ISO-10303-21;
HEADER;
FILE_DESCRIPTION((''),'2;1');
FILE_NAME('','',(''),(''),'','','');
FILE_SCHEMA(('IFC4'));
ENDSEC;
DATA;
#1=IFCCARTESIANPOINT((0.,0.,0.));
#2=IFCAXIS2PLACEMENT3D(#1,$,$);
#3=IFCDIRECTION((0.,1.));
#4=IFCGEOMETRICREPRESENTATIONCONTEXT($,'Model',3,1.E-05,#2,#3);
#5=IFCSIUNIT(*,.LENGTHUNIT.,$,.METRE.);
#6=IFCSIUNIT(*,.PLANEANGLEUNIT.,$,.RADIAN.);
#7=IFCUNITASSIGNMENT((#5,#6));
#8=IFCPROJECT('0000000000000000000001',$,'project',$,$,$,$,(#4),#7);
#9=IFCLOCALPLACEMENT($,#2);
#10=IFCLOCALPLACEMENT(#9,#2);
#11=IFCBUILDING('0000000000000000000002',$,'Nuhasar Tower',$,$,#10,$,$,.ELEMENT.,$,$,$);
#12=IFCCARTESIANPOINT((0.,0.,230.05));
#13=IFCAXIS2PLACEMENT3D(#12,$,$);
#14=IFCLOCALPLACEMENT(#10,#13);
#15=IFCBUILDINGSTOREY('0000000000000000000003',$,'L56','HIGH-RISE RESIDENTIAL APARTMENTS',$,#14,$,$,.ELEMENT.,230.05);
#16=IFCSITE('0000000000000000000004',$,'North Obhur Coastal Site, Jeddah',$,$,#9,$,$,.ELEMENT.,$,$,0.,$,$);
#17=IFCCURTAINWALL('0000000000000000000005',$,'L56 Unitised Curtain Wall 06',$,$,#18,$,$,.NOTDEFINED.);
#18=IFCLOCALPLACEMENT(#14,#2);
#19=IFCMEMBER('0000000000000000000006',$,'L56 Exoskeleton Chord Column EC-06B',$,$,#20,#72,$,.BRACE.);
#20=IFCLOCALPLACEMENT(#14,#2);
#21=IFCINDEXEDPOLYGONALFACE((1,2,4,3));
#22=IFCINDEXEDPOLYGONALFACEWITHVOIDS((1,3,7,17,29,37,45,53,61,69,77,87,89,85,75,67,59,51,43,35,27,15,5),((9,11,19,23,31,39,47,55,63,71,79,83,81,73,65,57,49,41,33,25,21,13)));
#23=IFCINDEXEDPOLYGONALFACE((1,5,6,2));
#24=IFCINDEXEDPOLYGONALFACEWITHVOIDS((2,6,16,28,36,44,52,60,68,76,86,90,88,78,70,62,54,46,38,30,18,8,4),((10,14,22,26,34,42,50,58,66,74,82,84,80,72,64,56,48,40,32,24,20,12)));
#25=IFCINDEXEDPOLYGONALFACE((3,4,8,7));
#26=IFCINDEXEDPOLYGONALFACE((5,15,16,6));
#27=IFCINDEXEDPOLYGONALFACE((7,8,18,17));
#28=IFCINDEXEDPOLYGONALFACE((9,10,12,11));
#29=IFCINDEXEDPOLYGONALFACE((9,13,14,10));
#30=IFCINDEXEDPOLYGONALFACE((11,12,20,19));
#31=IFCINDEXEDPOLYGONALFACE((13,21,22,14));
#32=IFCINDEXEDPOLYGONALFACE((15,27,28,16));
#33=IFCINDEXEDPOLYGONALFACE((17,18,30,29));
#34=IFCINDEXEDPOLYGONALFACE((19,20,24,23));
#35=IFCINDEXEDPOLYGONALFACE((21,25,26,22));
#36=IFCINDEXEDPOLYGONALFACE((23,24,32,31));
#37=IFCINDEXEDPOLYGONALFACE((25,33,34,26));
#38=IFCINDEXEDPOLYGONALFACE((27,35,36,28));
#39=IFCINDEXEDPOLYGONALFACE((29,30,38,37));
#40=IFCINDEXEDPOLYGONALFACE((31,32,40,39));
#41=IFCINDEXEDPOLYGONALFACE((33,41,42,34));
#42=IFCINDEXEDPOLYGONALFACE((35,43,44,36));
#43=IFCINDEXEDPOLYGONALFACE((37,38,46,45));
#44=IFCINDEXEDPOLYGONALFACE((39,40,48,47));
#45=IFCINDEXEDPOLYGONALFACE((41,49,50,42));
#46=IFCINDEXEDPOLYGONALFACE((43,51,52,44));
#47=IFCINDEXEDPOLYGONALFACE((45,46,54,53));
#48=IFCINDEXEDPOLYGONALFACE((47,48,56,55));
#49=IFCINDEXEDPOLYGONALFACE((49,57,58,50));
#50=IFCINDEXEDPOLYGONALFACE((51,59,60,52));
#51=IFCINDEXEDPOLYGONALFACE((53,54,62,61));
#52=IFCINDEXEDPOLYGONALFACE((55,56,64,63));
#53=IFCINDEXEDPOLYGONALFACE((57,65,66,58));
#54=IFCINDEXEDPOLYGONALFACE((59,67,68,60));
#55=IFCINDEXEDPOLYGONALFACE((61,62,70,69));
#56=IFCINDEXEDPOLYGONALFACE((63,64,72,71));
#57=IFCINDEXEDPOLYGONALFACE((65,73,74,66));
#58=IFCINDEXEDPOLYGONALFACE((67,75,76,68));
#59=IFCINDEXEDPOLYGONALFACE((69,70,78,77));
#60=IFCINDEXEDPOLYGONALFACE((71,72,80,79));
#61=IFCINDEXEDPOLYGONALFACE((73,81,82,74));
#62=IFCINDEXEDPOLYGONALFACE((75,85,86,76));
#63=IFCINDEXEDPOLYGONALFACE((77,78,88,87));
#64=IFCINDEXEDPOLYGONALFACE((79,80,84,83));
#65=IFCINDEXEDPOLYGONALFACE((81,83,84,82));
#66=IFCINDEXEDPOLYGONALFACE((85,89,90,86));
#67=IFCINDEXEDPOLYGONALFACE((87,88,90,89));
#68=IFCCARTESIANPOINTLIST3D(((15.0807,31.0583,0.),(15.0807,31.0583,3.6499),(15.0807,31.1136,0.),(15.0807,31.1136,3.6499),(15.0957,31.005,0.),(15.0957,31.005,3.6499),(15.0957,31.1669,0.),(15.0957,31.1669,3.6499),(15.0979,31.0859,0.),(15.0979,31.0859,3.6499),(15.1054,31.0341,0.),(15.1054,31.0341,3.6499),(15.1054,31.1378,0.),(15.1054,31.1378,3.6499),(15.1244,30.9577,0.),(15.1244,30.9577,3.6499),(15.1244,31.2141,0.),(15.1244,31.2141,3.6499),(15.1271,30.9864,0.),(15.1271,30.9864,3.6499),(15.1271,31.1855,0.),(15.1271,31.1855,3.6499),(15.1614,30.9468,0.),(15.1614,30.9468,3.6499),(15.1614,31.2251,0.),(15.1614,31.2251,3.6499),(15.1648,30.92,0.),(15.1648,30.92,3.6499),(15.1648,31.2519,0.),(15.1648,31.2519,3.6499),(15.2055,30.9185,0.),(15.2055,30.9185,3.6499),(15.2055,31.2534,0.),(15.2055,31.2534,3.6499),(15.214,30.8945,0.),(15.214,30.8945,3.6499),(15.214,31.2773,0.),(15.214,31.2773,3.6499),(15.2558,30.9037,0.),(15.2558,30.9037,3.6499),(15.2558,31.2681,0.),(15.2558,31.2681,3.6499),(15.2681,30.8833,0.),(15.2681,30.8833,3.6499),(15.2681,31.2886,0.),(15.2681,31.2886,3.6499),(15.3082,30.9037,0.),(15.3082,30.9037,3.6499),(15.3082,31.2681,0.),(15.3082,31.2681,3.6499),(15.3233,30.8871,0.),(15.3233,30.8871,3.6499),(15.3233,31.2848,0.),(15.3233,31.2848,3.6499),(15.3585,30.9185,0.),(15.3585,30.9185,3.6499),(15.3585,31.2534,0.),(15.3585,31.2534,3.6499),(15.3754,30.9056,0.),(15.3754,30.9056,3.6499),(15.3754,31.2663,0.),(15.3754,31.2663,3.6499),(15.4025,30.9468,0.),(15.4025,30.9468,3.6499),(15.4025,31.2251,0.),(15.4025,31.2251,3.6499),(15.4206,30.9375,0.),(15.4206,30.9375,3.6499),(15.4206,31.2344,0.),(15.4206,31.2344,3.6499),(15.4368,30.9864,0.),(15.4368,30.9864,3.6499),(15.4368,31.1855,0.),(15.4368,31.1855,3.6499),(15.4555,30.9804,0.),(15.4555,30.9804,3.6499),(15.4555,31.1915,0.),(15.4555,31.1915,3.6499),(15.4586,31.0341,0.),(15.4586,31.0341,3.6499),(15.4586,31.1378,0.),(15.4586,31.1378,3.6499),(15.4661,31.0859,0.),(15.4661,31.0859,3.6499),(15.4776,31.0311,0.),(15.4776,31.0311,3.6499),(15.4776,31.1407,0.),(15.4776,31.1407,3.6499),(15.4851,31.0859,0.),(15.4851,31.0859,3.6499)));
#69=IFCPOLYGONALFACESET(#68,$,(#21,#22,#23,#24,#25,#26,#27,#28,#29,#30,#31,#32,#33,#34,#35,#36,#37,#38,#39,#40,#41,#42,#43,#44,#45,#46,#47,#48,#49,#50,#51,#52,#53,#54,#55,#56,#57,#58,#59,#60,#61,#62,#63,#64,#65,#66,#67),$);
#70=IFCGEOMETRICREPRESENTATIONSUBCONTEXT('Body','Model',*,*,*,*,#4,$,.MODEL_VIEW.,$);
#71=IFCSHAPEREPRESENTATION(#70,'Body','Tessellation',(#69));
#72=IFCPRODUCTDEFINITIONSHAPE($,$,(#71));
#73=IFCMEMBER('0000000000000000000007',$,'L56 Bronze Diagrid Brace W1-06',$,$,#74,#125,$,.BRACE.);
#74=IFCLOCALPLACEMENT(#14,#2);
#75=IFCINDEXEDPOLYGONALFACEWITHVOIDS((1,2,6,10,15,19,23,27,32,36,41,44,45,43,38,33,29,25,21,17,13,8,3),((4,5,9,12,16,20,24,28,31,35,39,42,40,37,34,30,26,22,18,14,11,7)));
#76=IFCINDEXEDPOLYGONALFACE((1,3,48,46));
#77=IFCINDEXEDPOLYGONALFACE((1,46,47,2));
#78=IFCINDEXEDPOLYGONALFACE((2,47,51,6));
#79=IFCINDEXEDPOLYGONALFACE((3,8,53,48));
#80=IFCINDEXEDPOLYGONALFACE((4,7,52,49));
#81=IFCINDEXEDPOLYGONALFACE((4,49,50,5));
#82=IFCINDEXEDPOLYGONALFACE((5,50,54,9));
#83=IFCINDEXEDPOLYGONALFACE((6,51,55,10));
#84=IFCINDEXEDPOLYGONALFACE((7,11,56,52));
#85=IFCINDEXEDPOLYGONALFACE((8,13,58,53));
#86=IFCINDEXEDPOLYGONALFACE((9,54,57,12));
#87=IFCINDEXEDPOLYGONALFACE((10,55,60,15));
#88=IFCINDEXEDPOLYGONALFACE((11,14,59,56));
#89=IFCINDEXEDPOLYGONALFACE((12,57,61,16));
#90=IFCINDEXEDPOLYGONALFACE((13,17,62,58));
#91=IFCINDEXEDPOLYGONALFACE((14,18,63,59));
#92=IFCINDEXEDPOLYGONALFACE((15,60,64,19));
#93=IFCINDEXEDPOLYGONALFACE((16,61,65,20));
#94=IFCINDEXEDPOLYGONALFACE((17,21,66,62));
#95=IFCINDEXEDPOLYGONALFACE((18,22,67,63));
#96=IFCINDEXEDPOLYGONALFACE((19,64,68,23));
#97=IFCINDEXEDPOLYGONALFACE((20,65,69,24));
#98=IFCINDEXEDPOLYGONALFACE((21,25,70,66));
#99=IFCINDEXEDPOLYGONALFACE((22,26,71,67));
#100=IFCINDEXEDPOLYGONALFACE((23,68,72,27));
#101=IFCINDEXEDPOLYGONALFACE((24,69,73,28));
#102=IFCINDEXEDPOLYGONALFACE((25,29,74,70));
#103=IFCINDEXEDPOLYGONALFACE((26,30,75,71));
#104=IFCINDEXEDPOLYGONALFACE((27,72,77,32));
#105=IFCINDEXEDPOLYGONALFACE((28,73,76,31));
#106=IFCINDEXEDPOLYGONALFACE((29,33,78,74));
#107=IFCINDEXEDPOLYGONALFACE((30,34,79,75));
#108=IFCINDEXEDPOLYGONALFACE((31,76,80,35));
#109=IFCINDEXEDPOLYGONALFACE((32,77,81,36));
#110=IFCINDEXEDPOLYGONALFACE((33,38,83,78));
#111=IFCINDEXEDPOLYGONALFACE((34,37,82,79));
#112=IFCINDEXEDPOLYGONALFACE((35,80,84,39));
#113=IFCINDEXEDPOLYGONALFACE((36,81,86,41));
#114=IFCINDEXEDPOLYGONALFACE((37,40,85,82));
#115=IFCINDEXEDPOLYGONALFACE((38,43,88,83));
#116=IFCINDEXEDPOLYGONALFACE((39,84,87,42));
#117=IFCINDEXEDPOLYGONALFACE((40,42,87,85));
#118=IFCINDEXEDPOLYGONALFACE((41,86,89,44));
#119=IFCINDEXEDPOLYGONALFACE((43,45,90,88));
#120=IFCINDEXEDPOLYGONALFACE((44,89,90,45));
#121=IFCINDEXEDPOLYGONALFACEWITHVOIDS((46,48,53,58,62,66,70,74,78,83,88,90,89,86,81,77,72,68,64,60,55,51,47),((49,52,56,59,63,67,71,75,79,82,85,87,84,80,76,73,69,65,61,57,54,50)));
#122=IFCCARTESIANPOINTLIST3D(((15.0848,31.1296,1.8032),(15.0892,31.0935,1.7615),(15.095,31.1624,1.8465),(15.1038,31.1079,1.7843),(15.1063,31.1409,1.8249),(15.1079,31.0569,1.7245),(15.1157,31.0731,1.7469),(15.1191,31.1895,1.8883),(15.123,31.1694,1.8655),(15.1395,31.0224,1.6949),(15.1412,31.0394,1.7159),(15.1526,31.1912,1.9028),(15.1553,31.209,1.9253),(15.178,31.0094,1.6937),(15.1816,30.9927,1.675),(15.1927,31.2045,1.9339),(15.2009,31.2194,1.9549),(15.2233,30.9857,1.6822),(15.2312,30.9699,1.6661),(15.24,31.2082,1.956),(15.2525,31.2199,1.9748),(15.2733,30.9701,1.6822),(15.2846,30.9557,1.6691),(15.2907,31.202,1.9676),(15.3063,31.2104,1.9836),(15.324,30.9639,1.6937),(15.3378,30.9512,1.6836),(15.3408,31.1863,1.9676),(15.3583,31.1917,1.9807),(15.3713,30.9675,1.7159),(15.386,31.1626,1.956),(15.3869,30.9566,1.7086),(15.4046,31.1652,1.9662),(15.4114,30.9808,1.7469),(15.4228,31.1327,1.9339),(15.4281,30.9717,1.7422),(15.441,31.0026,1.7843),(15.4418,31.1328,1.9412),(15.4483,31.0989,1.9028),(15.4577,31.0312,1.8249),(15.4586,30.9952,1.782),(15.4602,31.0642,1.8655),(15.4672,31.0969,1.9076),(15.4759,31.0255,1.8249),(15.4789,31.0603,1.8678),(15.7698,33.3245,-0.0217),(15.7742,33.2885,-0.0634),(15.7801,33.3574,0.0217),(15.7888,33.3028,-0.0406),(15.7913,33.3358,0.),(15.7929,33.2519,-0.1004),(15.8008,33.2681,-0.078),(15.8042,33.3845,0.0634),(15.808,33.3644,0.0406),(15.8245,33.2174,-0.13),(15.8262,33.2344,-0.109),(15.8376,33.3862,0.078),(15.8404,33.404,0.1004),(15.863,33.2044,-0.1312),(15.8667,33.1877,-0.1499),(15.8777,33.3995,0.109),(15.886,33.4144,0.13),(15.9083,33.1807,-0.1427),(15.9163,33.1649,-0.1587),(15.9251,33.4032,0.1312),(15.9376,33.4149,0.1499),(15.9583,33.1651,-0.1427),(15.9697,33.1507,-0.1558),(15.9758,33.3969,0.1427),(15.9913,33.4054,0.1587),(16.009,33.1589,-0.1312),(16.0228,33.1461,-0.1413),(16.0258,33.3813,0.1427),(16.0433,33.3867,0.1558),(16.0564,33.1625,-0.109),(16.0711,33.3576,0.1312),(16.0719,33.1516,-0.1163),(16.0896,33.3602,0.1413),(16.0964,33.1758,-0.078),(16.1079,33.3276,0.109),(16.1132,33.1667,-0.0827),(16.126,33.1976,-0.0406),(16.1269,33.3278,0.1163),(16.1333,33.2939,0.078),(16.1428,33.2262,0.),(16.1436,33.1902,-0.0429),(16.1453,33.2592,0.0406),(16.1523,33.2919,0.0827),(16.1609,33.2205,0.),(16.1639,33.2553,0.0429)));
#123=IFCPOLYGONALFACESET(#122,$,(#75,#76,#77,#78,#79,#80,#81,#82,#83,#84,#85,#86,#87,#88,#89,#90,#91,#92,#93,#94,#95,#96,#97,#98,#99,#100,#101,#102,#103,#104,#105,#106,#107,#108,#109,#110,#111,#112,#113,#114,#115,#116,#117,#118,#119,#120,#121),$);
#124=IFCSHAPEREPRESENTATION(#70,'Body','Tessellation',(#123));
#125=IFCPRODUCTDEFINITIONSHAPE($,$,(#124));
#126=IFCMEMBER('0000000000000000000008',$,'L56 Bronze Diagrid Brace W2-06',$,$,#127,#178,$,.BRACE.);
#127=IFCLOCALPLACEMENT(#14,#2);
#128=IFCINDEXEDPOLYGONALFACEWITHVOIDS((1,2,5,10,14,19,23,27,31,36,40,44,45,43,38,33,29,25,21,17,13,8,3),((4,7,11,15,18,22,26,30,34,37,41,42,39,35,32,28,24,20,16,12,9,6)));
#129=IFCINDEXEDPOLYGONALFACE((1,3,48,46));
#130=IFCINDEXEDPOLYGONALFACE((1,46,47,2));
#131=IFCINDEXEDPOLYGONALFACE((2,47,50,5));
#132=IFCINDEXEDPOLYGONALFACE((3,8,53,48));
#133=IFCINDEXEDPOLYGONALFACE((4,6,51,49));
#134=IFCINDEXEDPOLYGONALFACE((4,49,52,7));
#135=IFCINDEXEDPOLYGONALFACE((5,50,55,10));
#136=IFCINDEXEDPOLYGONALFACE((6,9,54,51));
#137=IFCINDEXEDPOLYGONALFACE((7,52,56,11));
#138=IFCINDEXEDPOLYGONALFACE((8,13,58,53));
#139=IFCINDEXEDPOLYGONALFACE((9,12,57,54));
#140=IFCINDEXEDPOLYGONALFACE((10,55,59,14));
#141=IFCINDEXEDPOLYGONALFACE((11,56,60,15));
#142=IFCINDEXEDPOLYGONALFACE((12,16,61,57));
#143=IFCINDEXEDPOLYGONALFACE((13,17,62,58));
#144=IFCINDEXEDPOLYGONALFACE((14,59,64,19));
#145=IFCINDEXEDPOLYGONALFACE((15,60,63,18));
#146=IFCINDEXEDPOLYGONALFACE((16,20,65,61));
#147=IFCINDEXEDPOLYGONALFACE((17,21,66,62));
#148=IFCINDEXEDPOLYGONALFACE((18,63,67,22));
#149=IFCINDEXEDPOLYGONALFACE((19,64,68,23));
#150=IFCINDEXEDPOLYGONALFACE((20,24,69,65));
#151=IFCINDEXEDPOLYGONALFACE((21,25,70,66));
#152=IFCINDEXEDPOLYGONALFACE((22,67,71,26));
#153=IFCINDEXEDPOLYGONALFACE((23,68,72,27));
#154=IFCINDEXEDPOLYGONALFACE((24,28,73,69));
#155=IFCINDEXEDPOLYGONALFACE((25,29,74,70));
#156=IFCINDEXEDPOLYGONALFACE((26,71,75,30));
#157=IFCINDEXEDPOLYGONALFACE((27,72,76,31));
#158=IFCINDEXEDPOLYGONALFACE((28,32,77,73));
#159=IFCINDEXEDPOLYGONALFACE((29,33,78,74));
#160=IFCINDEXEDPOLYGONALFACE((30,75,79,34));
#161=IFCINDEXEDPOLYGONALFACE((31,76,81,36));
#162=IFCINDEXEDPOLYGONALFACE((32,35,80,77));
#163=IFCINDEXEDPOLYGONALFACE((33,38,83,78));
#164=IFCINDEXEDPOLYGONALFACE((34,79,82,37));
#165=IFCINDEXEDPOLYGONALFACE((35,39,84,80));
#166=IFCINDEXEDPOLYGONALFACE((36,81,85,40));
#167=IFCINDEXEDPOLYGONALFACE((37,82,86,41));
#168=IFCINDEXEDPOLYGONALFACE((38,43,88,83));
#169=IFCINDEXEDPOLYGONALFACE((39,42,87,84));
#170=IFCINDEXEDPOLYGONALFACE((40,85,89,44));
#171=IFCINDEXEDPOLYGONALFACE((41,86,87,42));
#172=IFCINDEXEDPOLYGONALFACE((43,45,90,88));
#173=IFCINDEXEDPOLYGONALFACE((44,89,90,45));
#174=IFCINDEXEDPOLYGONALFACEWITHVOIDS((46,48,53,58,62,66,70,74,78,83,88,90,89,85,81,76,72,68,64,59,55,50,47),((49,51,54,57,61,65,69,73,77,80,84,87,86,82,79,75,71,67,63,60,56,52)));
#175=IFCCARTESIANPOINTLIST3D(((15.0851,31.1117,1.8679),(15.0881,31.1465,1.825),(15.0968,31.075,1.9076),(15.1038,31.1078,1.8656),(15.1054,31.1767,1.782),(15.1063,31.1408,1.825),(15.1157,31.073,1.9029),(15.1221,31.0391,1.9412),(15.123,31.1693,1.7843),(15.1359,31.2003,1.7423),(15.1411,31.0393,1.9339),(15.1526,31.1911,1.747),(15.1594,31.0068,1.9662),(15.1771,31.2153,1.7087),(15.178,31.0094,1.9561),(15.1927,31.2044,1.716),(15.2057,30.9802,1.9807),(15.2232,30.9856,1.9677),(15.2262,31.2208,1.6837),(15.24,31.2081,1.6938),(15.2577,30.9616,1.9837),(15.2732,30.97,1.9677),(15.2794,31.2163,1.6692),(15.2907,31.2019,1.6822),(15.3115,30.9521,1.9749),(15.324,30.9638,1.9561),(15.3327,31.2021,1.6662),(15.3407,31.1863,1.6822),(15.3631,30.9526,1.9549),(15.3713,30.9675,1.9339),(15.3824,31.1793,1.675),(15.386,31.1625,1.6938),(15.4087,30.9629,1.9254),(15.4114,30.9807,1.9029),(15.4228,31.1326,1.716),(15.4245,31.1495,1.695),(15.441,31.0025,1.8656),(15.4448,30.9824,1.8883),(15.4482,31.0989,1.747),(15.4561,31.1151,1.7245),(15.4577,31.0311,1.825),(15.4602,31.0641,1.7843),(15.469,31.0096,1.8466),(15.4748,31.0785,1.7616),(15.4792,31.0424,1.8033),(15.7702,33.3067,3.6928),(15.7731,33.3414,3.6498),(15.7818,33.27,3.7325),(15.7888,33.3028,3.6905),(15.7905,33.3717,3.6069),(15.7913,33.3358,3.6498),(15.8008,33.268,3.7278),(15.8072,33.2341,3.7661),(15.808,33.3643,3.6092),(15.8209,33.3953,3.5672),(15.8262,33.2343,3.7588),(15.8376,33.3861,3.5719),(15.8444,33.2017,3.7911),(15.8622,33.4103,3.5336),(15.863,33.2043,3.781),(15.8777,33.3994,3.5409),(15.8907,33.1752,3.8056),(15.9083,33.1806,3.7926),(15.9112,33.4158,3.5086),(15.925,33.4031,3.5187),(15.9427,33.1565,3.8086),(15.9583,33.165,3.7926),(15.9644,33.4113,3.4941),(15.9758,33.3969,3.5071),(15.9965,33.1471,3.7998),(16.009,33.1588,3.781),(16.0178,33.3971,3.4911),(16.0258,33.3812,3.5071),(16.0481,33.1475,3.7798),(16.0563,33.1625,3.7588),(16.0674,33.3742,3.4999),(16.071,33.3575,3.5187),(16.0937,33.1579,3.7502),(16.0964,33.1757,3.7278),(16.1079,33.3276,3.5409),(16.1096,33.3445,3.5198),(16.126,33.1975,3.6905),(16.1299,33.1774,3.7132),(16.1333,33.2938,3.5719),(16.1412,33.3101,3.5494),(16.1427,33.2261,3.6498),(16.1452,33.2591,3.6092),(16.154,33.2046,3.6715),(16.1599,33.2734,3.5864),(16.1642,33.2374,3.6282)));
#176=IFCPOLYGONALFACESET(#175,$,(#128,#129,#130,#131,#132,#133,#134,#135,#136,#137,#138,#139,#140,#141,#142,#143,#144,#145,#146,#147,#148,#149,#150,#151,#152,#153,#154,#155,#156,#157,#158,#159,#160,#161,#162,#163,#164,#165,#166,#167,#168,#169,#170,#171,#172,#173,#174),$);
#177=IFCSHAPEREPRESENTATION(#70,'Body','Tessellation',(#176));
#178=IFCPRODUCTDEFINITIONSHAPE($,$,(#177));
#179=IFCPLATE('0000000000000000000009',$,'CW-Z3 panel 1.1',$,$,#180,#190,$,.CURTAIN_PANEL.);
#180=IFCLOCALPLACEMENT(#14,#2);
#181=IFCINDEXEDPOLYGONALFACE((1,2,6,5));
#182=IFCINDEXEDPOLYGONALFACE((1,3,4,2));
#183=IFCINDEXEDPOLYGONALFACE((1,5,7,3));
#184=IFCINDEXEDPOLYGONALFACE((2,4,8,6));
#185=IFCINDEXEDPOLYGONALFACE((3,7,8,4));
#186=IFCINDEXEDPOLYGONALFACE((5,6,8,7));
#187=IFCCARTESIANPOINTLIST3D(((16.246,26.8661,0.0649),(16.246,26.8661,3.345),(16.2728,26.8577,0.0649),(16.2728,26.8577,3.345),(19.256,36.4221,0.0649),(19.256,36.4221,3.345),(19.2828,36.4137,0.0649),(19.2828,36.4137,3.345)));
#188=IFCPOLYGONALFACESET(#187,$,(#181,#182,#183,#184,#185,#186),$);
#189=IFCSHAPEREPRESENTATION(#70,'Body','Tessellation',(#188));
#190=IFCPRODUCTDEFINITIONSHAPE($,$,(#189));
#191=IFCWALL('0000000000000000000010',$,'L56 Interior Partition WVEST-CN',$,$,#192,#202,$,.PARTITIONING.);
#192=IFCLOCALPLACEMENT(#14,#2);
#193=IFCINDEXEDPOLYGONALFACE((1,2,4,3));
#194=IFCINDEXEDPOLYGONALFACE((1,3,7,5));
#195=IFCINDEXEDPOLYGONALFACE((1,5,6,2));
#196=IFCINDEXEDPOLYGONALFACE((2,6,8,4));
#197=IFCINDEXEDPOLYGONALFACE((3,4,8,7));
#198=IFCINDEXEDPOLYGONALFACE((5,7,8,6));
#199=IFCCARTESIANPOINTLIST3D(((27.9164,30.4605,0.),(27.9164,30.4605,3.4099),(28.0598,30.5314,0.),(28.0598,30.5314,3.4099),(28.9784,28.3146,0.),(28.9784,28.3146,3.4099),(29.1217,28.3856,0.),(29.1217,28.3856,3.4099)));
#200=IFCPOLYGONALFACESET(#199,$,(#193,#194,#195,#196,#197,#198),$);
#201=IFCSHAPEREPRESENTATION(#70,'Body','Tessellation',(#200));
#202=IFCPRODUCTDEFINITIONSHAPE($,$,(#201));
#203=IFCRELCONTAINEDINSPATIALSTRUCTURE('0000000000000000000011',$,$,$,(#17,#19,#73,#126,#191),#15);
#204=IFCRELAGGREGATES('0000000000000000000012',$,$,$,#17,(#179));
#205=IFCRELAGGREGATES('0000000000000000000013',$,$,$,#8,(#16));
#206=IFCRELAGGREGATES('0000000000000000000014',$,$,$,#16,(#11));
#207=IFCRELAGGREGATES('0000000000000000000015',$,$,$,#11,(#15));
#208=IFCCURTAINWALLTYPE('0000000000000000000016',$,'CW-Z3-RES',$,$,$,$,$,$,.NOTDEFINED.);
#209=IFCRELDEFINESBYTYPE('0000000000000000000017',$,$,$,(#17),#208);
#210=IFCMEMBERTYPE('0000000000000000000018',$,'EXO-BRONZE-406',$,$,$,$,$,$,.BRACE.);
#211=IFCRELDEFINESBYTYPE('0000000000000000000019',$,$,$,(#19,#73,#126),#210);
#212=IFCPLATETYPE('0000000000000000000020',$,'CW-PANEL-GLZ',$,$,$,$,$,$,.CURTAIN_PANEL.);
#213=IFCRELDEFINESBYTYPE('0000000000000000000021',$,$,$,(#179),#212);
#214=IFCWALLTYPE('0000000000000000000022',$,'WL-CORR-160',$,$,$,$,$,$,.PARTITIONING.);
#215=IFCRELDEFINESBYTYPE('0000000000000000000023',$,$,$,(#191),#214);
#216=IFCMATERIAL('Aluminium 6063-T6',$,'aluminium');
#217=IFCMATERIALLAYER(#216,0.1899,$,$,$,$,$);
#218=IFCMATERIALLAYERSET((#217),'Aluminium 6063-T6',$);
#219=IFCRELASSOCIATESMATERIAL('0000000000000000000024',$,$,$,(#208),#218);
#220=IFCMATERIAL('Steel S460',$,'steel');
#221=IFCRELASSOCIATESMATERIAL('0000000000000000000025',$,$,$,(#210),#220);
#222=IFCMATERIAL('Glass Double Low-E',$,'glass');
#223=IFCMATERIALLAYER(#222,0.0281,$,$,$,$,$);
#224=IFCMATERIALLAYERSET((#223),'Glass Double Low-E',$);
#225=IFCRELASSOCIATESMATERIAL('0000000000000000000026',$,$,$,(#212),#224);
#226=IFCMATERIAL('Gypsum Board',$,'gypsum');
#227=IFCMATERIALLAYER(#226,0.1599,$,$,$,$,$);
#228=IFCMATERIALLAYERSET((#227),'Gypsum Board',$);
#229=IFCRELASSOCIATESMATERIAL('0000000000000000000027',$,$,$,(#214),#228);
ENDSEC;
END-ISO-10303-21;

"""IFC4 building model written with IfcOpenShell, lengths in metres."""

from ifc_helpers import new_model, si_unit, direction, frame, frame_2d, origin, origin_2d, place, context, subcontext, project, spatial, rectangle, hollow_circle, extrude, material, layer, layer_set, material_profile, profile_set, type_object, element, aggregate, save


model = new_model("IFC4")

# Units and contexts
model_context = context("Model", 3, precision=1e-05, world=origin(), true_north=direction((0.0, 1.0)))
body_context = subcontext(model_context, "Body", "Model", "MODEL_VIEW")
ifc_project = project(units=[si_unit("LENGTHUNIT", "METRE"), si_unit("PLANEANGLEUNIT", "RADIAN")], contexts=[model_context])

# Site, building, storey
site_placement = place(None, origin())
site = spatial("IfcSite", under=ifc_project, at=site_placement, Name="North Obhur Coastal Site, Jeddah", CompositionType="ELEMENT", RefElevation=0.0)
building_placement = place(site_placement, origin())
building = spatial("IfcBuilding", under=site, at=building_placement, Name="Nuhasar Tower", CompositionType="ELEMENT")
storey_placement = place(building_placement, frame((0.0, 0.0, 230.05)))
storey = spatial("IfcBuildingStorey", under=building, at=storey_placement, Name="L56", Description="HIGH-RISE RESIDENTIAL APARTMENTS", CompositionType="ELEMENT", Elevation=230.05)

# Curtain wall
ifc_material_1 = material(Name="Aluminium 6063-T6", Category="aluminium")
ifc_layer_1 = layer(ifc_material_1, 0.1899)
ifc_layer_set_1 = layer_set([ifc_layer_1], Name="Aluminium 6063-T6")
curtain_wall_type = type_object("IfcCurtainWallType", Name="CW-Z3-RES", PredefinedType="NOTDEFINED", material=ifc_layer_set_1)
curtain_wall_placement = place(storey_placement, origin())
curtain_wall = element("IfcCurtainWall", 1, at=curtain_wall_placement, inside=storey, type_object=curtain_wall_type, Name="L56 Unitised Curtain Wall 06", PredefinedType="NOTDEFINED")

# Members
ifc_material_2 = material(Name="Steel S460", Category="steel")
ifc_material_profile_1 = material_profile(ifc_material_2, hollow_circle(Radius=0.2031, WallThickness=0.019, at=origin_2d()), Name="HSS406.4X19.1")
ifc_profile_set_1 = profile_set([ifc_material_profile_1], Name="Steel S460")
member_type_1 = type_object("IfcMemberType", Name="EXO-BRONZE-406", PredefinedType="BRACE", material=ifc_profile_set_1)
for number, where, z_axis, x_axis, name in (
    (2, (15.282, 31.0859, 0.0), (0.0, 0.0, 1.0), (1.0, 0.0, 0.0), "L56 Exoskeleton Chord Column EC-06B"),
):
    element("IfcMember", number, at=place(storey_placement, frame(where, z_axis=z_axis, x_axis=x_axis)), inside=storey, type_object=member_type_1, Name=name, PredefinedType="BRACE", context=body_context, shape_type="SweptSolid", body=[
        extrude(hollow_circle(Radius=0.2031, WallThickness=0.019, at=origin_2d()), origin(), (0.0, 0.0, 1.0), 3.6499),
    ])
for number, where, z_axis, x_axis, name in (
    (3, (15.967, 33.281, 0.0), (-0.233358, -0.747727, 0.62165), (0.954591, -0.297918, 0.0), "L56 Bronze Diagrid Brace W1-06"),
    (4, (15.282, 31.0859, 1.825), (0.233358, 0.747727, 0.62165), (-0.954591, 0.297918, 0.0), "L56 Bronze Diagrid Brace W2-06"),
):
    element("IfcMember", number, at=place(storey_placement, frame(where, z_axis=z_axis, x_axis=x_axis)), inside=storey, type_object=member_type_1, Name=name, PredefinedType="BRACE", context=body_context, shape_type="SweptSolid", body=[
        extrude(hollow_circle(Radius=0.2031, WallThickness=0.019, at=origin_2d()), origin(), (0.0, 0.0, 1.0), 2.9355),
    ])

# Plate
ifc_material_3 = material(Name="Glass Double Low-E", Category="glass")
ifc_layer_2 = layer(ifc_material_3, 0.0281)
ifc_layer_set_2 = layer_set([ifc_layer_2], Name="Glass Double Low-E")
plate_type = type_object("IfcPlateType", Name="CW-PANEL-GLZ", PredefinedType="CURTAIN_PANEL", material=ifc_layer_set_2)
plate_placement = place(storey_placement, frame((17.7644, 31.6399, 0.0649), z_axis=(0.0, 0.0, 1.0), x_axis=(-0.300429, -0.953804, 0.0)))
plate = element("IfcPlate", 5, at=plate_placement, type_object=plate_type, Name="CW-Z3 panel 1.1", PredefinedType="CURTAIN_PANEL", context=body_context, shape_type="SweptSolid", body=[
    extrude(rectangle(XDim=10.0188, YDim=0.0281, at=origin_2d()), origin(), (0.0, 0.0, 1.0), 3.28),
])
aggregate(curtain_wall, [plate])

# Shared definitions
ifc_material_4 = material(Name="Gypsum Board", Category="gypsum")
ifc_layer_3 = layer(ifc_material_4, 0.1599)
ifc_layer_set_3 = layer_set([ifc_layer_3], Name="Gypsum Board")
wall_type_1 = type_object("IfcWallType", Name="WL-CORR-160", PredefinedType="PARTITIONING", material=ifc_layer_set_3)

# Wall
wall_1_placement = place(storey_placement, frame((27.988, 30.4961, 0.0), z_axis=(0.0, 0.0, 1.0), x_axis=(0.443539, -0.896255, 0.0)))
element("IfcWall", 6, at=wall_1_placement, inside=storey, type_object=wall_type_1, Name="L56 Interior Partition WVEST-CN", PredefinedType="PARTITIONING", context=body_context, shape_type="SweptSolid", body=[
    extrude(rectangle(XDim=2.3943, YDim=0.1599, at=frame_2d((1.1973, 0.0))), origin(), (0.0, 0.0, 1.0), 3.4099),
])

save(model, "model.ifc")
